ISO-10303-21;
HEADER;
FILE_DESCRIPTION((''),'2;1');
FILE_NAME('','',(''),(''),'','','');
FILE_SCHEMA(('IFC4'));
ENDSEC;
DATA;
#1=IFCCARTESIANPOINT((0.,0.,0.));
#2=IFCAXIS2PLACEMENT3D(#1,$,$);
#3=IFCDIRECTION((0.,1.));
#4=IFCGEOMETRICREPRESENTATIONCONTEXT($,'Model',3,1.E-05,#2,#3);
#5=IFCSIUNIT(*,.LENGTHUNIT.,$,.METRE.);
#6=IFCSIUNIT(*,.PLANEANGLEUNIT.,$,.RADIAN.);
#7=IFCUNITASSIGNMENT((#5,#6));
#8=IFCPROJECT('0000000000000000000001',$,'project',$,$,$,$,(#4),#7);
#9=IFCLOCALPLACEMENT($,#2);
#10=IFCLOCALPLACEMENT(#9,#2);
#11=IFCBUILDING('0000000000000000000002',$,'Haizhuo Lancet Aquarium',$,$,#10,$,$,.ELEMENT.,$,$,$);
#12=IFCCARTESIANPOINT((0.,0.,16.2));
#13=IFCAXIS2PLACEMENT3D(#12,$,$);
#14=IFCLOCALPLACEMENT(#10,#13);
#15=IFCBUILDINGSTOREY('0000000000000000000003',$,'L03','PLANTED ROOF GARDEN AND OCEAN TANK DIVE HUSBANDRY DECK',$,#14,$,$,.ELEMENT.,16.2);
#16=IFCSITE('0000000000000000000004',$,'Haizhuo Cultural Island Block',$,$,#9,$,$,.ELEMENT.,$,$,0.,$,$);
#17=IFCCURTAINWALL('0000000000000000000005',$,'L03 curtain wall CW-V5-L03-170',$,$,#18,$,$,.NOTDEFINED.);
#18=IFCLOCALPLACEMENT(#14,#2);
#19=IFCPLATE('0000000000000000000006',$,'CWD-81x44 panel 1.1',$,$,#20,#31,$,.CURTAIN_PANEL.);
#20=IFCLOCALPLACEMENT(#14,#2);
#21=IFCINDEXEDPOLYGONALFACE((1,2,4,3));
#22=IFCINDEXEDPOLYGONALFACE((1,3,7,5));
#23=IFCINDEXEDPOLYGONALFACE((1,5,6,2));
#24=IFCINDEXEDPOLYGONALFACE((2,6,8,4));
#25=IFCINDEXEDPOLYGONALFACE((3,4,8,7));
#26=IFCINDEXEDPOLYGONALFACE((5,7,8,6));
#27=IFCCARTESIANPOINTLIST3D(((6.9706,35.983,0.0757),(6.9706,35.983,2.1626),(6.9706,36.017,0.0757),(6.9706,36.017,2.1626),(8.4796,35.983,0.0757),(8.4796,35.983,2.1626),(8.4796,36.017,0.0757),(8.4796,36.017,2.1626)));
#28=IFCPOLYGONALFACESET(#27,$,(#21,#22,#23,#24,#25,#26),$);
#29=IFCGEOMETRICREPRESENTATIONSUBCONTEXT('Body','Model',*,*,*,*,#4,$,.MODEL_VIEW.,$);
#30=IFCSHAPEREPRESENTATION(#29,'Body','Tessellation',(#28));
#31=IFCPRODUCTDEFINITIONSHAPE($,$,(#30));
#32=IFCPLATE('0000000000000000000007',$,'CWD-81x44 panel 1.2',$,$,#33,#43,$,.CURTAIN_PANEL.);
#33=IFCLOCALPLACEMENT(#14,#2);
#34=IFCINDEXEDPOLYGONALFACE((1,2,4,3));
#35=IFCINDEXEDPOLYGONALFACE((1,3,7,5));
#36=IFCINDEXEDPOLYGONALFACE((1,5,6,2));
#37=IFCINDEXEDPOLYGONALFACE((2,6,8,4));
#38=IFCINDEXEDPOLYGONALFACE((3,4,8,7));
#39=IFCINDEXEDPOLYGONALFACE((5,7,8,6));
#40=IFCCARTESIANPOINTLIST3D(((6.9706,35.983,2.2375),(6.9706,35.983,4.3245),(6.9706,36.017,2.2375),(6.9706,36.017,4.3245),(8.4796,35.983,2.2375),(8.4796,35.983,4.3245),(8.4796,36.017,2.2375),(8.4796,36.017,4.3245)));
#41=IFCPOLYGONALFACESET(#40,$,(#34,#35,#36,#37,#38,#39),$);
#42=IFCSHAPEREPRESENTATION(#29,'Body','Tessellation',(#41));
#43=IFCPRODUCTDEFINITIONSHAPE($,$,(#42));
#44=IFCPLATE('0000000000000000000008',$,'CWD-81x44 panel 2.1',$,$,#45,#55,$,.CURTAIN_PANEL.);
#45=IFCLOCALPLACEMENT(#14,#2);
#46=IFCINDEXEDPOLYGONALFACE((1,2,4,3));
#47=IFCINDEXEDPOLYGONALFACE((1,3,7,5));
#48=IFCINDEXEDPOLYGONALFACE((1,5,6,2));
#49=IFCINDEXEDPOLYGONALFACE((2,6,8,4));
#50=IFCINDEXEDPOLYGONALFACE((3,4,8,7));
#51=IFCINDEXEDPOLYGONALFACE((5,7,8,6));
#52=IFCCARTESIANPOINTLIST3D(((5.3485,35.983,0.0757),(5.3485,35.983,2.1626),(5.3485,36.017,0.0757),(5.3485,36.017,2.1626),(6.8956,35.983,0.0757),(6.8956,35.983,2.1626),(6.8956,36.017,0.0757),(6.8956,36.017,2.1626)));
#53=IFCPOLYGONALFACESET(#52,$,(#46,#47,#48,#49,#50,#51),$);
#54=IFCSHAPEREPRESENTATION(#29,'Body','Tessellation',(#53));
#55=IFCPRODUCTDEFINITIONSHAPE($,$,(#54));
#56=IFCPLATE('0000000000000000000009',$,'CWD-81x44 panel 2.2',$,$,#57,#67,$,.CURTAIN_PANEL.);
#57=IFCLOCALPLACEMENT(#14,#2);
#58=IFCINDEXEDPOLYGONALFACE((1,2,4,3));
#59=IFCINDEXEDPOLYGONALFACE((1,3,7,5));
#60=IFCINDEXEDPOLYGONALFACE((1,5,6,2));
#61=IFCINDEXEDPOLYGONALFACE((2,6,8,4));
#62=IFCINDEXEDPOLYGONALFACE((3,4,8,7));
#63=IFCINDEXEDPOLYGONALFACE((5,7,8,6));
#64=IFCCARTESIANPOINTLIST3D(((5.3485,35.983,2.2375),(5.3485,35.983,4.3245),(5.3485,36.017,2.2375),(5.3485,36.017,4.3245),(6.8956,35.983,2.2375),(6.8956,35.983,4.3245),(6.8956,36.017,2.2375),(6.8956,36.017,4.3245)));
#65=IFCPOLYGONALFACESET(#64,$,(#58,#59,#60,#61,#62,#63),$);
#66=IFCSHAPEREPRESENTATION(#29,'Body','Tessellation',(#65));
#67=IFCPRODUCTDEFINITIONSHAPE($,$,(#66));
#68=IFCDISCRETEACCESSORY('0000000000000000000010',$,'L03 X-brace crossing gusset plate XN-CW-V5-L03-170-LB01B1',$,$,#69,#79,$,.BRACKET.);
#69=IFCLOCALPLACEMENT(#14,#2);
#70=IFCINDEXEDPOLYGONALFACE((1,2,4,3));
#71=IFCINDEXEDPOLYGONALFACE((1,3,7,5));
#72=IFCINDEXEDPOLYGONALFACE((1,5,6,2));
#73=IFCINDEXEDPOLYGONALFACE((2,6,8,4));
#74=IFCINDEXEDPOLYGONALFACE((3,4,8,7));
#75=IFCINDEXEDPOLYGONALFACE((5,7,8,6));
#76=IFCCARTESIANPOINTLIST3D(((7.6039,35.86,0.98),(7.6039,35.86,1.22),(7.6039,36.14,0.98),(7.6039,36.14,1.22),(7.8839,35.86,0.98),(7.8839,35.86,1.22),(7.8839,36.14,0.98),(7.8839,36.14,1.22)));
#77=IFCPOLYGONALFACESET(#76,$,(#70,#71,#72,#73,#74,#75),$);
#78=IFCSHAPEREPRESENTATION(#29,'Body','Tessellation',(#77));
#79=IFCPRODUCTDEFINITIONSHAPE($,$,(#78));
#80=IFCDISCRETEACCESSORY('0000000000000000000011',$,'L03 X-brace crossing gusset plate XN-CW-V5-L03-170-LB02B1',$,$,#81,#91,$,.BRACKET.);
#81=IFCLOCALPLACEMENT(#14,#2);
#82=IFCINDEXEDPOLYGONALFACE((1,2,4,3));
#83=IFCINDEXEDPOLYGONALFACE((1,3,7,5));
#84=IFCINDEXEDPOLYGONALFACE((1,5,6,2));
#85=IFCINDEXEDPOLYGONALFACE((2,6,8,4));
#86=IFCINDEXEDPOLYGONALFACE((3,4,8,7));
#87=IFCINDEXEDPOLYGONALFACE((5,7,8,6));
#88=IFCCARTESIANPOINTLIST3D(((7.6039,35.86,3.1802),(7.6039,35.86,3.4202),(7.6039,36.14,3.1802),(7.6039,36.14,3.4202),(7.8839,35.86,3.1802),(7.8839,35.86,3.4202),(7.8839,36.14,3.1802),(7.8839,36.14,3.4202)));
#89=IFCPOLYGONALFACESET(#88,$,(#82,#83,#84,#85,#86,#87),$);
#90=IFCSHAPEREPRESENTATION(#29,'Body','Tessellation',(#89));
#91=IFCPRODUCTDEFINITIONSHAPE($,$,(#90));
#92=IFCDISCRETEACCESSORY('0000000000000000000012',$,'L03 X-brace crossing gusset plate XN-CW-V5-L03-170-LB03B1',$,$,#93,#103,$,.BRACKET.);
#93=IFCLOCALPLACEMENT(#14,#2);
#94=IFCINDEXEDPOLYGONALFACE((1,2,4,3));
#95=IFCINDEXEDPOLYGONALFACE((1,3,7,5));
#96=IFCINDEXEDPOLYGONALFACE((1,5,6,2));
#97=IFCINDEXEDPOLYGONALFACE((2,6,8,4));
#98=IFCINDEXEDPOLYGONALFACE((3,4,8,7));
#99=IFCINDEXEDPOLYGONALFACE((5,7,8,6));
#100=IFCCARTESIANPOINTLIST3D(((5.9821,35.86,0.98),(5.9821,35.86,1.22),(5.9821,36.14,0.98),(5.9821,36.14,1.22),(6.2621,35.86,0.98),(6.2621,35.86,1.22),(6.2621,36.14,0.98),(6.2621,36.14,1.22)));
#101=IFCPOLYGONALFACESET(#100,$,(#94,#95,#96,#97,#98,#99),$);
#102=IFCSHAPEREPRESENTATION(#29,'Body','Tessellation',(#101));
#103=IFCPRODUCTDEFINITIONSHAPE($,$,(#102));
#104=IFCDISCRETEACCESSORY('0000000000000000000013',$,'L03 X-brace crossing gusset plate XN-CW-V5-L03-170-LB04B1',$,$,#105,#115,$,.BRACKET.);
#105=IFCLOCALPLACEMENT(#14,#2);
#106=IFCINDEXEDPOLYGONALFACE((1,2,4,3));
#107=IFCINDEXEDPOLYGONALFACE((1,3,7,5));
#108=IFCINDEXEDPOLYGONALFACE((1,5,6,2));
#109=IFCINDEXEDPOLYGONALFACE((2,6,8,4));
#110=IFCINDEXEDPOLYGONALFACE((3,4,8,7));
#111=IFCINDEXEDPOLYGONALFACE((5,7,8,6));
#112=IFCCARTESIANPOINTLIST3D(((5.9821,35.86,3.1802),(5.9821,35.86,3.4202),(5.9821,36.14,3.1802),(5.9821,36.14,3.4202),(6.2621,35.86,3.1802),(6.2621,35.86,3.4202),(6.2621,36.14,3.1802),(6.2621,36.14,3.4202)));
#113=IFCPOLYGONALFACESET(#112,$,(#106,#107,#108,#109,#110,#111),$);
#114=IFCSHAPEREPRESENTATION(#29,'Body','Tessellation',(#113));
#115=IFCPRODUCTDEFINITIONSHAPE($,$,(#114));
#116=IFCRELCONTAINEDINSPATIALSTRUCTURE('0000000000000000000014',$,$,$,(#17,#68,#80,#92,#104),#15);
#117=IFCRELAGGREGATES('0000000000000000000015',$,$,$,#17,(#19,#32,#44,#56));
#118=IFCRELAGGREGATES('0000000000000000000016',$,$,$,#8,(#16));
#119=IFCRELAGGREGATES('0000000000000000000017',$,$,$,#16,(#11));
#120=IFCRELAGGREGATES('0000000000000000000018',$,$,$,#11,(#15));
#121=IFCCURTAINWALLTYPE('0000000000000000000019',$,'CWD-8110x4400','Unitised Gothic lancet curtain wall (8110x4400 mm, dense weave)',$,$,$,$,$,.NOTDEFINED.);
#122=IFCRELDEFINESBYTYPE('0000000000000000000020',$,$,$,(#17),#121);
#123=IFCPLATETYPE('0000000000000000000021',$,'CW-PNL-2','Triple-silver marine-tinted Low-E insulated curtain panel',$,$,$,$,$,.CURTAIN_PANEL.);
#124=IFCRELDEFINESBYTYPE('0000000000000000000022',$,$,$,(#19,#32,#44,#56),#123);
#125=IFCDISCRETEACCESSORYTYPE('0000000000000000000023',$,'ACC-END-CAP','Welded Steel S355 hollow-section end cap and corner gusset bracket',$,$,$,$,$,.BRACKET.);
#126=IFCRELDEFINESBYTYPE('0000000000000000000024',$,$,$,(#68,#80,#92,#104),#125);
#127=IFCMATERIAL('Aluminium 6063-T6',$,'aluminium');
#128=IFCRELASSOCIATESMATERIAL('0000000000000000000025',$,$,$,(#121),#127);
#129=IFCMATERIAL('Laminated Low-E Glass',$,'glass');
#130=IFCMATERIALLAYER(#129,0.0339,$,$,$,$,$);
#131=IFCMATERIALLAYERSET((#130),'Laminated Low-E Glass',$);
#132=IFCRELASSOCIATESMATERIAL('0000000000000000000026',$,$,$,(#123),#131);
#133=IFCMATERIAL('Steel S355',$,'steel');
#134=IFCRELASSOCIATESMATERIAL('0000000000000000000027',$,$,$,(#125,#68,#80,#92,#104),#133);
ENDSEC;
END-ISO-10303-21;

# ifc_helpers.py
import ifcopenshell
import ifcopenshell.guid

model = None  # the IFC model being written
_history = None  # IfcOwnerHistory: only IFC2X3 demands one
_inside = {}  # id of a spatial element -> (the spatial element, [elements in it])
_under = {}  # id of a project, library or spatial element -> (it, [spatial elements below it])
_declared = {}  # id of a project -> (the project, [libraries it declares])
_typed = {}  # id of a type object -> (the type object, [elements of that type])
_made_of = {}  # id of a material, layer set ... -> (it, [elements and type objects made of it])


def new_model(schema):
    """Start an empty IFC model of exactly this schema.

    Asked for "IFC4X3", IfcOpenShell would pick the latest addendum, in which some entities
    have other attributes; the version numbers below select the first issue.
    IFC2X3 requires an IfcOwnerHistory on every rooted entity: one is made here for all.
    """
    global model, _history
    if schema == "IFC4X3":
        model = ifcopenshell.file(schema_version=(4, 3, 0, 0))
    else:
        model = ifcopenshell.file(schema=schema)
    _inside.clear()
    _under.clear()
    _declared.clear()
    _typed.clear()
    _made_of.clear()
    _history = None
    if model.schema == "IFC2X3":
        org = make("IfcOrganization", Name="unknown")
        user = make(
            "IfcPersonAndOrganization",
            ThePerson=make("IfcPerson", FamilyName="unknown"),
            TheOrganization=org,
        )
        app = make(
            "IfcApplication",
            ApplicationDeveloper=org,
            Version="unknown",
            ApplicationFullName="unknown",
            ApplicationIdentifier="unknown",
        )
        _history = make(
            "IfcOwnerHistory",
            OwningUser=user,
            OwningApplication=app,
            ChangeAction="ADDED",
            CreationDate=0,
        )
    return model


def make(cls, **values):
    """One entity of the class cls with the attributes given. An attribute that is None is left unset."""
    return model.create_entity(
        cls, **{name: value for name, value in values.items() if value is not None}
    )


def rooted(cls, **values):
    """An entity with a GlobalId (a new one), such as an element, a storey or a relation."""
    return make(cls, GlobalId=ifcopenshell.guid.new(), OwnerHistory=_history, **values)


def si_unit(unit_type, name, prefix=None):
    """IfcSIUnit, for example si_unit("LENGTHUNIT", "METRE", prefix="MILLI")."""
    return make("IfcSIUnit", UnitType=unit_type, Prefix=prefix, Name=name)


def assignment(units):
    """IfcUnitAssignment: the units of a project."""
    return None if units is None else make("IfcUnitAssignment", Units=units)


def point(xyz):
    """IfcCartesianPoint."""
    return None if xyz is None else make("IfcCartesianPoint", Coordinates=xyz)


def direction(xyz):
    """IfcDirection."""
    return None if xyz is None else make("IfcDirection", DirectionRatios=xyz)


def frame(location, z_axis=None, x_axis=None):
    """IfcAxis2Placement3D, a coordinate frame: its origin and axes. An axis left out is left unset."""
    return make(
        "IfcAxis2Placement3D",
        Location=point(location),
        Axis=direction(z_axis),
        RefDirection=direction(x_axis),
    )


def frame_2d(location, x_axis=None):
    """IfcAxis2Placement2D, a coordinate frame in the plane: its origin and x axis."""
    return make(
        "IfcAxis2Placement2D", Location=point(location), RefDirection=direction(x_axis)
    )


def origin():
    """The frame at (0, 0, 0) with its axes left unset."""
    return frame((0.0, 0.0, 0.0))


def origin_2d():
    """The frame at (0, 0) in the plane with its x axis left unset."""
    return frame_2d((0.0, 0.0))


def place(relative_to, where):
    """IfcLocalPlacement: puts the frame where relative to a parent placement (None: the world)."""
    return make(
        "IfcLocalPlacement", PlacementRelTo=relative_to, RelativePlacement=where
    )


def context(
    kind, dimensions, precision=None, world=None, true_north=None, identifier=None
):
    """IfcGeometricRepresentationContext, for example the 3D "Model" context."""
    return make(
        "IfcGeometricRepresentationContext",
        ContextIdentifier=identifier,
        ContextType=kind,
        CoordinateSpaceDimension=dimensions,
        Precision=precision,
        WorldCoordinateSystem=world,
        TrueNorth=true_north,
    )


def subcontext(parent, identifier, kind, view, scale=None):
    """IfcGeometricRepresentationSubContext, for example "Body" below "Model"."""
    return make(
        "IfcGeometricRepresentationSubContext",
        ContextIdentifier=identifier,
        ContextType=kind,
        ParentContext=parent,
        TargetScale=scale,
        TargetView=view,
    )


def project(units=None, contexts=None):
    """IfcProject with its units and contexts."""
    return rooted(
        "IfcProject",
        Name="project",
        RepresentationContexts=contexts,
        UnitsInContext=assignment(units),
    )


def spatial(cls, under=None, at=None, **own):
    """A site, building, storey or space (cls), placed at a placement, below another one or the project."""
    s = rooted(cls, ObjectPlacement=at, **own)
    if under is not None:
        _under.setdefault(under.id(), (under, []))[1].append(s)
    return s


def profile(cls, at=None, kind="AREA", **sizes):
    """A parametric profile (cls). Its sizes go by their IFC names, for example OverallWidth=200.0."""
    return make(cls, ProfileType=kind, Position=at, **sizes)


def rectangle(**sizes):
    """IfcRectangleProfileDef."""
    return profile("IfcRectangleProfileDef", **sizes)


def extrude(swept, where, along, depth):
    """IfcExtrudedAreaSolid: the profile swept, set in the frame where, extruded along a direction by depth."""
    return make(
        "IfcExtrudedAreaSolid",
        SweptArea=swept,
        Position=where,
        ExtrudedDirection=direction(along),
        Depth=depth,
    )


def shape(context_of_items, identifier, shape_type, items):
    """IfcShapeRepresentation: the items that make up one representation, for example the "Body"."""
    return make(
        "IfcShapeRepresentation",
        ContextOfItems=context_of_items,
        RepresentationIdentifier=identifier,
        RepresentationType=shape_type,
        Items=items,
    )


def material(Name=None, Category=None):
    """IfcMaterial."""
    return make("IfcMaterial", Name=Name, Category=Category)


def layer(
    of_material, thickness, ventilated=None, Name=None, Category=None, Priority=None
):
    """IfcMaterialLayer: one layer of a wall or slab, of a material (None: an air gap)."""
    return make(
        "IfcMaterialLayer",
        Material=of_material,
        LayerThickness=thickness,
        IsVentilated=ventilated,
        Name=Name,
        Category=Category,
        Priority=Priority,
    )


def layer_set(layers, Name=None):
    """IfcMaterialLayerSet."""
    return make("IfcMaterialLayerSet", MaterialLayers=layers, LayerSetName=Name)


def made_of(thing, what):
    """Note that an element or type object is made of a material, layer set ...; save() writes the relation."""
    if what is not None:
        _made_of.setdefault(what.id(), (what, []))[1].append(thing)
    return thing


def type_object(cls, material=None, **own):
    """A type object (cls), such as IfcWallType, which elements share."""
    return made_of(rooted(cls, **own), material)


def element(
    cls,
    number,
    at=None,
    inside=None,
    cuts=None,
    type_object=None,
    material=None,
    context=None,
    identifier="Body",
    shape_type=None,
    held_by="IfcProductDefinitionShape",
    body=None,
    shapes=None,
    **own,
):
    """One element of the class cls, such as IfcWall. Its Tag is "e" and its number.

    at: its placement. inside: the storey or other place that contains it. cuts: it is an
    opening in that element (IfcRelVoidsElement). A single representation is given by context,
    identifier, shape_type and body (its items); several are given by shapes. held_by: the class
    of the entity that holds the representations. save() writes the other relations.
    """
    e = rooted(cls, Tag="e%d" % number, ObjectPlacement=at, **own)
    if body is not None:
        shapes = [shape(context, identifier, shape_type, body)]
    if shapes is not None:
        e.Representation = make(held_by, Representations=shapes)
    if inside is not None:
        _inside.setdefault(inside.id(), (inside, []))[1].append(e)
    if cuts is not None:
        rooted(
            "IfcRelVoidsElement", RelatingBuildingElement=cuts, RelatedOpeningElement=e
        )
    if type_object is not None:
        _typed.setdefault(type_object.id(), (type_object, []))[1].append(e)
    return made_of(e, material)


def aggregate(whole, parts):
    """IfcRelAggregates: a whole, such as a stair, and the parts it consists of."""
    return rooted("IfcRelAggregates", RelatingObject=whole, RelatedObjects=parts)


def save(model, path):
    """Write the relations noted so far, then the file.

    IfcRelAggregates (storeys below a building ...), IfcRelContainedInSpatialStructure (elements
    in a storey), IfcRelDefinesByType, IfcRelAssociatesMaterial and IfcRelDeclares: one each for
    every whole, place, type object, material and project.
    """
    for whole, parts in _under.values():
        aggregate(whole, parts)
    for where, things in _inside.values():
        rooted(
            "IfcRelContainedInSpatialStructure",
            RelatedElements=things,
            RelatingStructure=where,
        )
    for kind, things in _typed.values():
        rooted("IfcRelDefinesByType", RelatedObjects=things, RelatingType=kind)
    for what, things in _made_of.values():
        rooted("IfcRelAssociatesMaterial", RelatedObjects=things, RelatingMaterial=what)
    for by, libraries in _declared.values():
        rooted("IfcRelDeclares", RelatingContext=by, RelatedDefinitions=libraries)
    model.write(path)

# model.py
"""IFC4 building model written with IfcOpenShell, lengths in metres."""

from ifc_helpers import new_model, si_unit, direction, frame, origin, origin_2d, place, context, subcontext, project, spatial, rectangle, extrude, material, layer, layer_set, type_object, element, aggregate, save


model = new_model("IFC4")

# Units and contexts
model_context = context("Model", 3, precision=1e-05, world=origin(), true_north=direction((0.0, 1.0)))
body_context = subcontext(model_context, "Body", "Model", "MODEL_VIEW")
ifc_project = project(units=[si_unit("LENGTHUNIT", "METRE"), si_unit("PLANEANGLEUNIT", "RADIAN")], contexts=[model_context])

# Site, building, storey
site_placement = place(None, origin())
site = spatial("IfcSite", under=ifc_project, at=site_placement, Name="Haizhuo Cultural Island Block", CompositionType="ELEMENT", RefElevation=0.0)
building_placement = place(site_placement, origin())
building = spatial("IfcBuilding", under=site, at=building_placement, Name="Haizhuo Lancet Aquarium", CompositionType="ELEMENT")
storey_placement = place(building_placement, frame((0.0, 0.0, 16.2)))
storey = spatial("IfcBuildingStorey", under=building, at=storey_placement, Name="L03", Description="PLANTED ROOF GARDEN AND OCEAN TANK DIVE HUSBANDRY DECK", CompositionType="ELEMENT", Elevation=16.2)

# Curtain wall
ifc_material_1 = material(Name="Aluminium 6063-T6", Category="aluminium")
curtain_wall_type = type_object("IfcCurtainWallType", Name="CWD-8110x4400", Description="Unitised Gothic lancet curtain wall (8110x4400 mm, dense weave)", PredefinedType="NOTDEFINED", material=ifc_material_1)
curtain_wall_placement = place(storey_placement, origin())
curtain_wall = element("IfcCurtainWall", 1, at=curtain_wall_placement, inside=storey, type_object=curtain_wall_type, Name="L03 curtain wall CW-V5-L03-170", PredefinedType="NOTDEFINED")

# Shared definitions
ifc_material_2 = material(Name="Steel S355", Category="steel")

# Plates
ifc_material_3 = material(Name="Laminated Low-E Glass", Category="glass")
ifc_layer = layer(ifc_material_3, 0.0339)
ifc_layer_set = layer_set([ifc_layer], Name="Laminated Low-E Glass")
plate_type = type_object("IfcPlateType", Name="CW-PNL-2", Description="Triple-silver marine-tinted Low-E insulated curtain panel", PredefinedType="CURTAIN_PANEL", material=ifc_layer_set)
plate_1_placement = place(storey_placement, frame((7.7251, 36.0, 0.0757), z_axis=(0.0, 0.0, 1.0), x_axis=(-1.0, 0.0, 0.0)))
plate_1 = element("IfcPlate", 2, at=plate_1_placement, type_object=plate_type, Name="CWD-81x44 panel 1.1", PredefinedType="CURTAIN_PANEL", context=body_context, shape_type="SweptSolid", body=[
    extrude(rectangle(XDim=1.509, YDim=0.0339, at=origin_2d()), origin(), (0.0, 0.0, 1.0), 2.0869),
])
plate_2_placement = place(storey_placement, frame((7.7251, 36.0, 2.2375), z_axis=(0.0, 0.0, 1.0), x_axis=(-1.0, 0.0, 0.0)))
plate_2 = element("IfcPlate", 3, at=plate_2_placement, type_object=plate_type, Name="CWD-81x44 panel 1.2", PredefinedType="CURTAIN_PANEL", context=body_context, shape_type="SweptSolid", body=[
    extrude(rectangle(XDim=1.509, YDim=0.0339, at=origin_2d()), origin(), (0.0, 0.0, 1.0), 2.0869),
])
plate_3_placement = place(storey_placement, frame((6.1221, 36.0, 0.0757), z_axis=(0.0, 0.0, 1.0), x_axis=(-1.0, 0.0, 0.0)))
plate_3 = element("IfcPlate", 4, at=plate_3_placement, type_object=plate_type, Name="CWD-81x44 panel 2.1", PredefinedType="CURTAIN_PANEL", context=body_context, shape_type="SweptSolid", body=[
    extrude(rectangle(XDim=1.5471, YDim=0.0339, at=origin_2d()), origin(), (0.0, 0.0, 1.0), 2.0869),
])
plate_4_placement = place(storey_placement, frame((6.1221, 36.0, 2.2375), z_axis=(0.0, 0.0, 1.0), x_axis=(-1.0, 0.0, 0.0)))
plate_4 = element("IfcPlate", 5, at=plate_4_placement, type_object=plate_type, Name="CWD-81x44 panel 2.2", PredefinedType="CURTAIN_PANEL", context=body_context, shape_type="SweptSolid", body=[
    extrude(rectangle(XDim=1.5471, YDim=0.0339, at=origin_2d()), origin(), (0.0, 0.0, 1.0), 2.0869),
])
aggregate(curtain_wall, [plate_1, plate_2, plate_3, plate_4])

# Discrete accessories
discrete_accessory_type = type_object("IfcDiscreteAccessoryType", Name="ACC-END-CAP", Description="Welded Steel S355 hollow-section end cap and corner gusset bracket", PredefinedType="BRACKET", material=ifc_material_2)
for number, where, z_axis, x_axis, name in (
    (6, (7.7439, 36.0, 0.98), (0.0, 0.0, 1.0), (1.0, 0.0, 0.0), "L03 X-brace crossing gusset plate XN-CW-V5-L03-170-LB01B1"),
    (7, (7.7439, 36.0, 3.1802), (0.0, 0.0, 1.0), (1.0, 0.0, 0.0), "L03 X-brace crossing gusset plate XN-CW-V5-L03-170-LB02B1"),
    (8, (6.1221, 36.0, 0.98), (0.0, 0.0, 1.0), (1.0, 0.0, 0.0), "L03 X-brace crossing gusset plate XN-CW-V5-L03-170-LB03B1"),
    (9, (6.1221, 36.0, 3.1802), (0.0, 0.0, 1.0), (1.0, 0.0, 0.0), "L03 X-brace crossing gusset plate XN-CW-V5-L03-170-LB04B1"),
):
    element("IfcDiscreteAccessory", number, at=place(storey_placement, frame(where, z_axis=z_axis, x_axis=x_axis)), inside=storey, type_object=discrete_accessory_type, material=ifc_material_2, Name=name, PredefinedType="BRACKET", context=body_context, shape_type="SweptSolid", body=[
        extrude(rectangle(XDim=0.28, YDim=0.28, at=origin_2d()), origin(), (0.0, 0.0, 1.0), 0.24),
    ])

save(model, "model.ifc")
